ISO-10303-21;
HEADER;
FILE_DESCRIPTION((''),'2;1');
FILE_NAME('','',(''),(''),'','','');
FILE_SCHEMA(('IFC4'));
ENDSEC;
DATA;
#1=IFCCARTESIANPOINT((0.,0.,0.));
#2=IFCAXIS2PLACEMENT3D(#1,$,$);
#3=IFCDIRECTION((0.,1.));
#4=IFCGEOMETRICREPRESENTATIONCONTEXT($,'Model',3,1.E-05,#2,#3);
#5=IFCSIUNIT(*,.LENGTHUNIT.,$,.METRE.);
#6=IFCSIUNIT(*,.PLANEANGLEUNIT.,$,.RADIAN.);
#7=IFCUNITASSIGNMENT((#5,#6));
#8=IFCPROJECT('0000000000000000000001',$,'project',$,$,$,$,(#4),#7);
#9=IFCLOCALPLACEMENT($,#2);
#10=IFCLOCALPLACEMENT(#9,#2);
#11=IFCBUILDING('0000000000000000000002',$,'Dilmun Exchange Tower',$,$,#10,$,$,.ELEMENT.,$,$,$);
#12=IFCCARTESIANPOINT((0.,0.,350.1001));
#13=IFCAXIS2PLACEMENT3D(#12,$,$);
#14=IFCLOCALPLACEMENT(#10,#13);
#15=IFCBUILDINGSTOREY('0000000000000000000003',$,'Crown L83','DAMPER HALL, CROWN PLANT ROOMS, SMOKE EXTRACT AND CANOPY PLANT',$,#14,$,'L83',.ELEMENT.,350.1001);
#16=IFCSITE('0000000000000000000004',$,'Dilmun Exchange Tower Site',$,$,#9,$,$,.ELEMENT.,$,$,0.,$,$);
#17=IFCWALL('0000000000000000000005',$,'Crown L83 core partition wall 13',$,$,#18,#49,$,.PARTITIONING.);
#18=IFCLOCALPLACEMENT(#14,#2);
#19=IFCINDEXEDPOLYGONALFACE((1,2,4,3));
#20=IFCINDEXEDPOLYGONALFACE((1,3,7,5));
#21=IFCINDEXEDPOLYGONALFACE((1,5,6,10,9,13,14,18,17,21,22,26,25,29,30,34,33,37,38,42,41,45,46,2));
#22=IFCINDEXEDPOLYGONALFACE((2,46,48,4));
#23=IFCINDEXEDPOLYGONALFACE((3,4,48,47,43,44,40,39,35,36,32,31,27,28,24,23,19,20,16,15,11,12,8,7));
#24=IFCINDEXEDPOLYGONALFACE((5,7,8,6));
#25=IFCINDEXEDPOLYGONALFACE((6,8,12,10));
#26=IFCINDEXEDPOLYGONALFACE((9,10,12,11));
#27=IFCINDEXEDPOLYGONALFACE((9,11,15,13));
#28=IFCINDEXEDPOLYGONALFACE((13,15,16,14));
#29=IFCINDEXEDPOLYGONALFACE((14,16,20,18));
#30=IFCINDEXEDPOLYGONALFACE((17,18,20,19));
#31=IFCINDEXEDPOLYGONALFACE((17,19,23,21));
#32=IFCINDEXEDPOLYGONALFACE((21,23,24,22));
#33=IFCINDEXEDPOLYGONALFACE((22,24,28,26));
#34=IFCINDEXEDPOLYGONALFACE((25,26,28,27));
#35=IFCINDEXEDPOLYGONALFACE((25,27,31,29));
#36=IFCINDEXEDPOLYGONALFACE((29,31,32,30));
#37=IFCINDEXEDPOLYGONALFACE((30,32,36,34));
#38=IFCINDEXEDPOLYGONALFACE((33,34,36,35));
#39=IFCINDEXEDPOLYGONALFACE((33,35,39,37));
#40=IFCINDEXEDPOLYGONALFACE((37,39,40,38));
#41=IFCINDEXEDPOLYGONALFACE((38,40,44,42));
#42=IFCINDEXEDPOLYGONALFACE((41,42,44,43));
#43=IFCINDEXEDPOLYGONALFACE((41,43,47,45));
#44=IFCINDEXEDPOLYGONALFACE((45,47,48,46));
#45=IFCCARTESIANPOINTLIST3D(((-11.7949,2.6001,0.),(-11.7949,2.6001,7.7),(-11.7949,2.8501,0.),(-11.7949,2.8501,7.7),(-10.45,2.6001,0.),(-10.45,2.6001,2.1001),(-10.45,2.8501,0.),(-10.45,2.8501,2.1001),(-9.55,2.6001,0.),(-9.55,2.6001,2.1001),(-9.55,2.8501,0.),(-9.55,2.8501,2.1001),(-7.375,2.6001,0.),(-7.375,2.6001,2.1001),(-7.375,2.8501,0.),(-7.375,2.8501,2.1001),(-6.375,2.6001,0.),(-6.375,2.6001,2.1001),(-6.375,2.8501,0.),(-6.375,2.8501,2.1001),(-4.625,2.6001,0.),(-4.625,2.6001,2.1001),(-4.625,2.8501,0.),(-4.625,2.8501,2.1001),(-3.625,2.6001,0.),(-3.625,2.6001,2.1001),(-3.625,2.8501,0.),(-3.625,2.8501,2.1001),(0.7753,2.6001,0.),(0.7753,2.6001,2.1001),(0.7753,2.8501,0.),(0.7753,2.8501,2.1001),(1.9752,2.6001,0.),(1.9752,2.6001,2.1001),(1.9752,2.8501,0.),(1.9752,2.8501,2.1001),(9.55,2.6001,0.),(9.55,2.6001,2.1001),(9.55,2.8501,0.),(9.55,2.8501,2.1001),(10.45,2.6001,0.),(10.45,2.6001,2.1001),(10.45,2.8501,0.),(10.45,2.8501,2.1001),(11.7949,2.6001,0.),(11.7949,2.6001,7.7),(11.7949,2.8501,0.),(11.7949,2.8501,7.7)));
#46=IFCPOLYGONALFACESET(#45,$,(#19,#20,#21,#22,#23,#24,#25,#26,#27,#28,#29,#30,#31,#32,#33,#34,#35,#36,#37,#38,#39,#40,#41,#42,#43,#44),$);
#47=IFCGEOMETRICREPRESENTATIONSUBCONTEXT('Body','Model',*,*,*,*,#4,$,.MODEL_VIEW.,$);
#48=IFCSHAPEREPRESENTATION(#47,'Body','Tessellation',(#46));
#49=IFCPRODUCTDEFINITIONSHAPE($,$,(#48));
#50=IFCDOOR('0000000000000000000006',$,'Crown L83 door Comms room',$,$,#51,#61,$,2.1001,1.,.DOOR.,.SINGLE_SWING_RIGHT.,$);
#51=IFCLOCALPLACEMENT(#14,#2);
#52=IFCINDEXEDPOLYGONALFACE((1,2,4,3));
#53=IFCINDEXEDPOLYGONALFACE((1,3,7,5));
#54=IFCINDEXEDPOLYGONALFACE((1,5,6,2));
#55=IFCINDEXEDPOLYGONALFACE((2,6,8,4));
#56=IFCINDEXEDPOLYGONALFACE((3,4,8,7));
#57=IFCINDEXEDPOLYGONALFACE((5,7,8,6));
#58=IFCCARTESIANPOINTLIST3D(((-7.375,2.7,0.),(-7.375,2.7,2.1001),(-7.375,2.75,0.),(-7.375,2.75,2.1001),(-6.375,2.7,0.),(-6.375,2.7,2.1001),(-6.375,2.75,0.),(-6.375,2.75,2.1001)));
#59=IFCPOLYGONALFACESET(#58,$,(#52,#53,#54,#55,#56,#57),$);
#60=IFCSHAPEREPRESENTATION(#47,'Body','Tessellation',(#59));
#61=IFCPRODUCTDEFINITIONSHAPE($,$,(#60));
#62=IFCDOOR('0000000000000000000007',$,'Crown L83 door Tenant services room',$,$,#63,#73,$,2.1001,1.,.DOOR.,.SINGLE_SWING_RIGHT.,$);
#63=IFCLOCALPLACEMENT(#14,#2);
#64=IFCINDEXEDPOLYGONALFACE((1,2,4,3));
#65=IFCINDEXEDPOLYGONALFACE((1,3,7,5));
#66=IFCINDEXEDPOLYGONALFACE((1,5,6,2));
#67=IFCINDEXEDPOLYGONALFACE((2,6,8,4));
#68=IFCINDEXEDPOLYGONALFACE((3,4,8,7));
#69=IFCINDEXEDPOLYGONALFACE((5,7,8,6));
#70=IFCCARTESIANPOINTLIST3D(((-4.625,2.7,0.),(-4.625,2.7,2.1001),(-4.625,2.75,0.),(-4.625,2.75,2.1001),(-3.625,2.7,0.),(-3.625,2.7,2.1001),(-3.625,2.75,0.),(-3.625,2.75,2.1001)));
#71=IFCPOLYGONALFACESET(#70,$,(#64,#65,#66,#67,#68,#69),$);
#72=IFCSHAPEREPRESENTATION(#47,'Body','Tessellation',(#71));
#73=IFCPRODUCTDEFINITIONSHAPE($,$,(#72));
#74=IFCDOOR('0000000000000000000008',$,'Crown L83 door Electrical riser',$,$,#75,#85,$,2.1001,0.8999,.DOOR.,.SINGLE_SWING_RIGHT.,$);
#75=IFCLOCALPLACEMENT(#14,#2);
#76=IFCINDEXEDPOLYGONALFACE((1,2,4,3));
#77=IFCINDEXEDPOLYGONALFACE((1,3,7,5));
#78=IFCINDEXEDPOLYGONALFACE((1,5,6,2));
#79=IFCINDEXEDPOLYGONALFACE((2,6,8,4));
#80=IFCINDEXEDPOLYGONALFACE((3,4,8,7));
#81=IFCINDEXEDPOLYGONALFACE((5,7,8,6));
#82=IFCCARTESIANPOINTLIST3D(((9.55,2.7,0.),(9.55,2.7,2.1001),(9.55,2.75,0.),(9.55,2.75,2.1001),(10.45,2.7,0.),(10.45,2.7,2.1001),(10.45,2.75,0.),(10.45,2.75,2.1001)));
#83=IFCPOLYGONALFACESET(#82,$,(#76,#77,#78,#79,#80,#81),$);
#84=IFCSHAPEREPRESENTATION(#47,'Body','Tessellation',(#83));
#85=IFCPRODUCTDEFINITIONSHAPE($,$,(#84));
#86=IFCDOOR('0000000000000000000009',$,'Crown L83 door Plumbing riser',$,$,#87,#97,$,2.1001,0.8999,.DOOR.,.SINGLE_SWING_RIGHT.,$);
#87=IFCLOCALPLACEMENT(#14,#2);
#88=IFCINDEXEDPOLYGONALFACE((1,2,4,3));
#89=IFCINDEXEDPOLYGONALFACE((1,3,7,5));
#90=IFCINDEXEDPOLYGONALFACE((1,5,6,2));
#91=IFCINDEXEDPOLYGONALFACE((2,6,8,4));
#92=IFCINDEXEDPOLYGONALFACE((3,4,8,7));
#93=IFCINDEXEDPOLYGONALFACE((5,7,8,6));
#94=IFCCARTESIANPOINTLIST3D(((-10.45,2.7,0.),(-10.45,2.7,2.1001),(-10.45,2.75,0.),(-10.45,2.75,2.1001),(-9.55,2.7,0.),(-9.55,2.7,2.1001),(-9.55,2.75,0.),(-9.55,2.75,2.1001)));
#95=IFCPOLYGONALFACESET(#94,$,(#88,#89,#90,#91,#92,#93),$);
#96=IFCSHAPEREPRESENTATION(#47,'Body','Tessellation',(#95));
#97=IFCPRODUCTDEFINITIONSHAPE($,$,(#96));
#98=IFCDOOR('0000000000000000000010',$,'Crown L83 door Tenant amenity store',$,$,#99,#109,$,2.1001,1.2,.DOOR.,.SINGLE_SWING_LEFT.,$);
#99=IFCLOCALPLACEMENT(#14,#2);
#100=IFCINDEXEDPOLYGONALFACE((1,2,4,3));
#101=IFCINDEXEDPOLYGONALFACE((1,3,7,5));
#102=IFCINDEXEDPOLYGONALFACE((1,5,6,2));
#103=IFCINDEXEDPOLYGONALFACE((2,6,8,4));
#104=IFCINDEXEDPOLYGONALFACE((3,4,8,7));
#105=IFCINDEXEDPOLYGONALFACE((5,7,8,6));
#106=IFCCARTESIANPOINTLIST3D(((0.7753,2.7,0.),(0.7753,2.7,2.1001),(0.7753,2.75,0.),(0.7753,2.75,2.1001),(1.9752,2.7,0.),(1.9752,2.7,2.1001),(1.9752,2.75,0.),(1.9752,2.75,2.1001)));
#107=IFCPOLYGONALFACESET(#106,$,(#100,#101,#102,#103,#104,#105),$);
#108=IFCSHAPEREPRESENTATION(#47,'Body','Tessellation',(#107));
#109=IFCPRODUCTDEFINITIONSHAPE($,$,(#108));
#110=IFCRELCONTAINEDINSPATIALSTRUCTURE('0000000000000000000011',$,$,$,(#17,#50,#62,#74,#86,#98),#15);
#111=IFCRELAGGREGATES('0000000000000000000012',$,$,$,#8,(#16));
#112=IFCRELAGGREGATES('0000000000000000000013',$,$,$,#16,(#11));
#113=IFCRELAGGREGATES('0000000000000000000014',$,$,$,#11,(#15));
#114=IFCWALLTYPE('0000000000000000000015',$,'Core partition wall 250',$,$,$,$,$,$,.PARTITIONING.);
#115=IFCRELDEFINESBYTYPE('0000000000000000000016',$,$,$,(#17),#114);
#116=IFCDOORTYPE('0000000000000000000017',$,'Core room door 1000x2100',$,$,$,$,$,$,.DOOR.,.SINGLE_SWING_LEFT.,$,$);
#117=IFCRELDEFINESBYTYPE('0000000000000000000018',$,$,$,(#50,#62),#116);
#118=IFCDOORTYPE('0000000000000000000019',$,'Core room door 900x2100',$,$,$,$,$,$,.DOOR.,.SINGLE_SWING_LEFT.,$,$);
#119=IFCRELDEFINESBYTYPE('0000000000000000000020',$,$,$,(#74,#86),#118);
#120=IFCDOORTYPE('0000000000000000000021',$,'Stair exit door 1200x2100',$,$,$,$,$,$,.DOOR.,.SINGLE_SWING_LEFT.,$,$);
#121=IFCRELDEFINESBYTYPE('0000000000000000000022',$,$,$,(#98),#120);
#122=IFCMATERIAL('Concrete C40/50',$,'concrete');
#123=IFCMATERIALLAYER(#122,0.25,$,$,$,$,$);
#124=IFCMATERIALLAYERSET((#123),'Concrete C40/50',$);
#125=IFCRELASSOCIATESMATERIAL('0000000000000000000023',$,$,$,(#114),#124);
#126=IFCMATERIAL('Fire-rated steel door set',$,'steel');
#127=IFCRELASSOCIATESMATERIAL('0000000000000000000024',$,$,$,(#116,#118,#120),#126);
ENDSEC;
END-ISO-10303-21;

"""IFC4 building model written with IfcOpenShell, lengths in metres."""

from ifc_helpers import new_model, si_unit, direction, frame, frame_2d, origin, place, context, subcontext, project, spatial, rectangle, extrude, material, layer, layer_set, type_object, element, fill, save


model = new_model("IFC4")

# Units and contexts
model_context = context("Model", 3, precision=1e-05, world=origin(), true_north=direction((0.0, 1.0)))
body_context = subcontext(model_context, "Body", "Model", "MODEL_VIEW")
ifc_project = project(units=[si_unit("LENGTHUNIT", "METRE"), si_unit("PLANEANGLEUNIT", "RADIAN")], contexts=[model_context])

# Site, building, storey
site_placement = place(None, origin())
site = spatial("IfcSite", under=ifc_project, at=site_placement, Name="Dilmun Exchange Tower Site", CompositionType="ELEMENT", RefElevation=0.0)
building_placement = place(site_placement, origin())
building = spatial("IfcBuilding", under=site, at=building_placement, Name="Dilmun Exchange Tower", CompositionType="ELEMENT")
storey_placement = place(building_placement, frame((0.0, 0.0, 350.1001)))
storey = spatial("IfcBuildingStorey", under=building, at=storey_placement, Name="Crown L83", Description="DAMPER HALL, CROWN PLANT ROOMS, SMOKE EXTRACT AND CANOPY PLANT", LongName="L83", CompositionType="ELEMENT", Elevation=350.1001)

# Shared definitions
ifc_material_1 = material(Name="Concrete C40/50", Category="concrete")

# Wall, openings, doors
ifc_layer_1 = layer(ifc_material_1, 0.25)
ifc_layer_set_1 = layer_set([ifc_layer_1], Name="Concrete C40/50")
wall_type_1 = type_object("IfcWallType", Name="Core partition wall 250", PredefinedType="PARTITIONING", material=ifc_layer_set_1)
ifc_material_2 = material(Name="Fire-rated steel door set", Category="steel")
door_type_1 = type_object("IfcDoorType", Name="Core room door 1000x2100", OperationType="SINGLE_SWING_LEFT", PredefinedType="DOOR", material=ifc_material_2)
wall_1_placement = place(storey_placement, frame((-11.7949, 2.7251, 0.0), z_axis=(0.0, 0.0, 1.0), x_axis=(1.0, 0.0, 0.0)))
wall_1 = element("IfcWall", 1, at=wall_1_placement, inside=storey, type_object=wall_type_1, Name="Crown L83 core partition wall 13", PredefinedType="PARTITIONING", context=body_context, shape_type="SweptSolid", body=[
    extrude(rectangle(XDim=23.5898, YDim=0.25, at=frame_2d((11.7949, 0.0))), origin(), (0.0, 0.0, 1.0), 7.7),
])
opening_1_placement = place(wall_1_placement, frame((21.345, 0.0, 0.0)))
opening_1 = element("IfcOpeningElement", 2, at=opening_1_placement, cuts=wall_1, PredefinedType="OPENING", context=body_context, shape_type="SweptSolid", body=[
    extrude(rectangle(XDim=0.8999, YDim=2.1001, at=frame_2d((0.45, 1.05))), frame((0.0, 0.135, 0.0), z_axis=(0.0, -1.0, 0.0), x_axis=(1.0, 0.0, 0.0)), (0.0, 0.0, 1.0), 0.27),
])
opening_2_placement = place(wall_1_placement, frame((1.345, 0.0, 0.0)))
opening_2 = element("IfcOpeningElement", 3, at=opening_2_placement, cuts=wall_1, PredefinedType="OPENING", context=body_context, shape_type="SweptSolid", body=[
    extrude(rectangle(XDim=0.8999, YDim=2.1001, at=frame_2d((0.45, 1.05))), frame((0.0, 0.135, 0.0), z_axis=(0.0, -1.0, 0.0), x_axis=(1.0, 0.0, 0.0)), (0.0, 0.0, 1.0), 0.27),
])
opening_3_placement = place(wall_1_placement, frame((4.4199, 0.0, 0.0)))
opening_3 = element("IfcOpeningElement", 4, at=opening_3_placement, cuts=wall_1, PredefinedType="OPENING", context=body_context, shape_type="SweptSolid", body=[
    extrude(rectangle(XDim=1.0, YDim=2.1001, at=frame_2d((0.5, 1.05))), frame((0.0, 0.135, 0.0), z_axis=(0.0, -1.0, 0.0), x_axis=(1.0, 0.0, 0.0)), (0.0, 0.0, 1.0), 0.27),
])
opening_4_placement = place(wall_1_placement, frame((7.1699, 0.0, 0.0)))
opening_4 = element("IfcOpeningElement", 5, at=opening_4_placement, cuts=wall_1, PredefinedType="OPENING", context=body_context, shape_type="SweptSolid", body=[
    extrude(rectangle(XDim=1.0, YDim=2.1001, at=frame_2d((0.5, 1.05))), frame((0.0, 0.135, 0.0), z_axis=(0.0, -1.0, 0.0), x_axis=(1.0, 0.0, 0.0)), (0.0, 0.0, 1.0), 0.27),
])
opening_5_placement = place(wall_1_placement, frame((12.5701, 0.0, 0.0)))
opening_5 = element("IfcOpeningElement", 6, at=opening_5_placement, cuts=wall_1, PredefinedType="OPENING", context=body_context, shape_type="SweptSolid", body=[
    extrude(rectangle(XDim=1.2, YDim=2.1001, at=frame_2d((0.6001, 1.05))), frame((0.0, 0.135, 0.0), z_axis=(0.0, -1.0, 0.0), x_axis=(1.0, 0.0, 0.0)), (0.0, 0.0, 1.0), 0.27),
])
door_1_placement = place(opening_3_placement, origin())
door_1 = element("IfcDoor", 7, at=door_1_placement, inside=storey, type_object=door_type_1, Name="Crown L83 door Comms room", OperationType="SINGLE_SWING_RIGHT", OverallHeight=2.1001, OverallWidth=1.0, PredefinedType="DOOR", context=body_context, shape_type="SweptSolid", body=[
    extrude(rectangle(XDim=1.0, YDim=2.1001, at=frame_2d((0.5, 1.05))), frame((0.0, 0.0249, 0.0), z_axis=(0.0, -1.0, 0.0), x_axis=(1.0, 0.0, 0.0)), (0.0, 0.0, 1.0), 0.05),
])
fill(opening_3, door_1)
door_2_placement = place(opening_4_placement, origin())
door_2 = element("IfcDoor", 8, at=door_2_placement, inside=storey, type_object=door_type_1, Name="Crown L83 door Tenant services room", OperationType="SINGLE_SWING_RIGHT", OverallHeight=2.1001, OverallWidth=1.0, PredefinedType="DOOR", context=body_context, shape_type="SweptSolid", body=[
    extrude(rectangle(XDim=1.0, YDim=2.1001, at=frame_2d((0.5, 1.05))), frame((0.0, 0.0249, 0.0), z_axis=(0.0, -1.0, 0.0), x_axis=(1.0, 0.0, 0.0)), (0.0, 0.0, 1.0), 0.05),
])
fill(opening_4, door_2)
door_type_2 = type_object("IfcDoorType", Name="Core room door 900x2100", OperationType="SINGLE_SWING_LEFT", PredefinedType="DOOR", material=ifc_material_2)
door_3_placement = place(opening_1_placement, origin())
door_3 = element("IfcDoor", 9, at=door_3_placement, inside=storey, type_object=door_type_2, Name="Crown L83 door Electrical riser", OperationType="SINGLE_SWING_RIGHT", OverallHeight=2.1001, OverallWidth=0.8999, PredefinedType="DOOR", context=body_context, shape_type="SweptSolid", body=[
    extrude(rectangle(XDim=0.8999, YDim=2.1001, at=frame_2d((0.45, 1.05))), frame((0.0, 0.0249, 0.0), z_axis=(0.0, -1.0, 0.0), x_axis=(1.0, 0.0, 0.0)), (0.0, 0.0, 1.0), 0.05),
])
fill(opening_1, door_3)
door_4_placement = place(opening_2_placement, origin())
door_4 = element("IfcDoor", 10, at=door_4_placement, inside=storey, type_object=door_type_2, Name="Crown L83 door Plumbing riser", OperationType="SINGLE_SWING_RIGHT", OverallHeight=2.1001, OverallWidth=0.8999, PredefinedType="DOOR", context=body_context, shape_type="SweptSolid", body=[
    extrude(rectangle(XDim=0.8999, YDim=2.1001, at=frame_2d((0.45, 1.05))), frame((0.0, 0.0249, 0.0), z_axis=(0.0, -1.0, 0.0), x_axis=(1.0, 0.0, 0.0)), (0.0, 0.0, 1.0), 0.05),
])
fill(opening_2, door_4)
door_type_3 = type_object("IfcDoorType", Name="Stair exit door 1200x2100", OperationType="SINGLE_SWING_LEFT", PredefinedType="DOOR", material=ifc_material_2)
door_5_placement = place(opening_5_placement, origin())
door_5 = element("IfcDoor", 11, at=door_5_placement, inside=storey, type_object=door_type_3, Name="Crown L83 door Tenant amenity store", OperationType="SINGLE_SWING_LEFT", OverallHeight=2.1001, OverallWidth=1.2, PredefinedType="DOOR", context=body_context, shape_type="SweptSolid", body=[
    extrude(rectangle(XDim=1.2, YDim=2.1001, at=frame_2d((0.6001, 1.05))), frame((0.0, 0.0249, 0.0), z_axis=(0.0, -1.0, 0.0), x_axis=(1.0, 0.0, 0.0)), (0.0, 0.0, 1.0), 0.05),
])
fill(opening_5, door_5)

save(model, "model.ifc")
